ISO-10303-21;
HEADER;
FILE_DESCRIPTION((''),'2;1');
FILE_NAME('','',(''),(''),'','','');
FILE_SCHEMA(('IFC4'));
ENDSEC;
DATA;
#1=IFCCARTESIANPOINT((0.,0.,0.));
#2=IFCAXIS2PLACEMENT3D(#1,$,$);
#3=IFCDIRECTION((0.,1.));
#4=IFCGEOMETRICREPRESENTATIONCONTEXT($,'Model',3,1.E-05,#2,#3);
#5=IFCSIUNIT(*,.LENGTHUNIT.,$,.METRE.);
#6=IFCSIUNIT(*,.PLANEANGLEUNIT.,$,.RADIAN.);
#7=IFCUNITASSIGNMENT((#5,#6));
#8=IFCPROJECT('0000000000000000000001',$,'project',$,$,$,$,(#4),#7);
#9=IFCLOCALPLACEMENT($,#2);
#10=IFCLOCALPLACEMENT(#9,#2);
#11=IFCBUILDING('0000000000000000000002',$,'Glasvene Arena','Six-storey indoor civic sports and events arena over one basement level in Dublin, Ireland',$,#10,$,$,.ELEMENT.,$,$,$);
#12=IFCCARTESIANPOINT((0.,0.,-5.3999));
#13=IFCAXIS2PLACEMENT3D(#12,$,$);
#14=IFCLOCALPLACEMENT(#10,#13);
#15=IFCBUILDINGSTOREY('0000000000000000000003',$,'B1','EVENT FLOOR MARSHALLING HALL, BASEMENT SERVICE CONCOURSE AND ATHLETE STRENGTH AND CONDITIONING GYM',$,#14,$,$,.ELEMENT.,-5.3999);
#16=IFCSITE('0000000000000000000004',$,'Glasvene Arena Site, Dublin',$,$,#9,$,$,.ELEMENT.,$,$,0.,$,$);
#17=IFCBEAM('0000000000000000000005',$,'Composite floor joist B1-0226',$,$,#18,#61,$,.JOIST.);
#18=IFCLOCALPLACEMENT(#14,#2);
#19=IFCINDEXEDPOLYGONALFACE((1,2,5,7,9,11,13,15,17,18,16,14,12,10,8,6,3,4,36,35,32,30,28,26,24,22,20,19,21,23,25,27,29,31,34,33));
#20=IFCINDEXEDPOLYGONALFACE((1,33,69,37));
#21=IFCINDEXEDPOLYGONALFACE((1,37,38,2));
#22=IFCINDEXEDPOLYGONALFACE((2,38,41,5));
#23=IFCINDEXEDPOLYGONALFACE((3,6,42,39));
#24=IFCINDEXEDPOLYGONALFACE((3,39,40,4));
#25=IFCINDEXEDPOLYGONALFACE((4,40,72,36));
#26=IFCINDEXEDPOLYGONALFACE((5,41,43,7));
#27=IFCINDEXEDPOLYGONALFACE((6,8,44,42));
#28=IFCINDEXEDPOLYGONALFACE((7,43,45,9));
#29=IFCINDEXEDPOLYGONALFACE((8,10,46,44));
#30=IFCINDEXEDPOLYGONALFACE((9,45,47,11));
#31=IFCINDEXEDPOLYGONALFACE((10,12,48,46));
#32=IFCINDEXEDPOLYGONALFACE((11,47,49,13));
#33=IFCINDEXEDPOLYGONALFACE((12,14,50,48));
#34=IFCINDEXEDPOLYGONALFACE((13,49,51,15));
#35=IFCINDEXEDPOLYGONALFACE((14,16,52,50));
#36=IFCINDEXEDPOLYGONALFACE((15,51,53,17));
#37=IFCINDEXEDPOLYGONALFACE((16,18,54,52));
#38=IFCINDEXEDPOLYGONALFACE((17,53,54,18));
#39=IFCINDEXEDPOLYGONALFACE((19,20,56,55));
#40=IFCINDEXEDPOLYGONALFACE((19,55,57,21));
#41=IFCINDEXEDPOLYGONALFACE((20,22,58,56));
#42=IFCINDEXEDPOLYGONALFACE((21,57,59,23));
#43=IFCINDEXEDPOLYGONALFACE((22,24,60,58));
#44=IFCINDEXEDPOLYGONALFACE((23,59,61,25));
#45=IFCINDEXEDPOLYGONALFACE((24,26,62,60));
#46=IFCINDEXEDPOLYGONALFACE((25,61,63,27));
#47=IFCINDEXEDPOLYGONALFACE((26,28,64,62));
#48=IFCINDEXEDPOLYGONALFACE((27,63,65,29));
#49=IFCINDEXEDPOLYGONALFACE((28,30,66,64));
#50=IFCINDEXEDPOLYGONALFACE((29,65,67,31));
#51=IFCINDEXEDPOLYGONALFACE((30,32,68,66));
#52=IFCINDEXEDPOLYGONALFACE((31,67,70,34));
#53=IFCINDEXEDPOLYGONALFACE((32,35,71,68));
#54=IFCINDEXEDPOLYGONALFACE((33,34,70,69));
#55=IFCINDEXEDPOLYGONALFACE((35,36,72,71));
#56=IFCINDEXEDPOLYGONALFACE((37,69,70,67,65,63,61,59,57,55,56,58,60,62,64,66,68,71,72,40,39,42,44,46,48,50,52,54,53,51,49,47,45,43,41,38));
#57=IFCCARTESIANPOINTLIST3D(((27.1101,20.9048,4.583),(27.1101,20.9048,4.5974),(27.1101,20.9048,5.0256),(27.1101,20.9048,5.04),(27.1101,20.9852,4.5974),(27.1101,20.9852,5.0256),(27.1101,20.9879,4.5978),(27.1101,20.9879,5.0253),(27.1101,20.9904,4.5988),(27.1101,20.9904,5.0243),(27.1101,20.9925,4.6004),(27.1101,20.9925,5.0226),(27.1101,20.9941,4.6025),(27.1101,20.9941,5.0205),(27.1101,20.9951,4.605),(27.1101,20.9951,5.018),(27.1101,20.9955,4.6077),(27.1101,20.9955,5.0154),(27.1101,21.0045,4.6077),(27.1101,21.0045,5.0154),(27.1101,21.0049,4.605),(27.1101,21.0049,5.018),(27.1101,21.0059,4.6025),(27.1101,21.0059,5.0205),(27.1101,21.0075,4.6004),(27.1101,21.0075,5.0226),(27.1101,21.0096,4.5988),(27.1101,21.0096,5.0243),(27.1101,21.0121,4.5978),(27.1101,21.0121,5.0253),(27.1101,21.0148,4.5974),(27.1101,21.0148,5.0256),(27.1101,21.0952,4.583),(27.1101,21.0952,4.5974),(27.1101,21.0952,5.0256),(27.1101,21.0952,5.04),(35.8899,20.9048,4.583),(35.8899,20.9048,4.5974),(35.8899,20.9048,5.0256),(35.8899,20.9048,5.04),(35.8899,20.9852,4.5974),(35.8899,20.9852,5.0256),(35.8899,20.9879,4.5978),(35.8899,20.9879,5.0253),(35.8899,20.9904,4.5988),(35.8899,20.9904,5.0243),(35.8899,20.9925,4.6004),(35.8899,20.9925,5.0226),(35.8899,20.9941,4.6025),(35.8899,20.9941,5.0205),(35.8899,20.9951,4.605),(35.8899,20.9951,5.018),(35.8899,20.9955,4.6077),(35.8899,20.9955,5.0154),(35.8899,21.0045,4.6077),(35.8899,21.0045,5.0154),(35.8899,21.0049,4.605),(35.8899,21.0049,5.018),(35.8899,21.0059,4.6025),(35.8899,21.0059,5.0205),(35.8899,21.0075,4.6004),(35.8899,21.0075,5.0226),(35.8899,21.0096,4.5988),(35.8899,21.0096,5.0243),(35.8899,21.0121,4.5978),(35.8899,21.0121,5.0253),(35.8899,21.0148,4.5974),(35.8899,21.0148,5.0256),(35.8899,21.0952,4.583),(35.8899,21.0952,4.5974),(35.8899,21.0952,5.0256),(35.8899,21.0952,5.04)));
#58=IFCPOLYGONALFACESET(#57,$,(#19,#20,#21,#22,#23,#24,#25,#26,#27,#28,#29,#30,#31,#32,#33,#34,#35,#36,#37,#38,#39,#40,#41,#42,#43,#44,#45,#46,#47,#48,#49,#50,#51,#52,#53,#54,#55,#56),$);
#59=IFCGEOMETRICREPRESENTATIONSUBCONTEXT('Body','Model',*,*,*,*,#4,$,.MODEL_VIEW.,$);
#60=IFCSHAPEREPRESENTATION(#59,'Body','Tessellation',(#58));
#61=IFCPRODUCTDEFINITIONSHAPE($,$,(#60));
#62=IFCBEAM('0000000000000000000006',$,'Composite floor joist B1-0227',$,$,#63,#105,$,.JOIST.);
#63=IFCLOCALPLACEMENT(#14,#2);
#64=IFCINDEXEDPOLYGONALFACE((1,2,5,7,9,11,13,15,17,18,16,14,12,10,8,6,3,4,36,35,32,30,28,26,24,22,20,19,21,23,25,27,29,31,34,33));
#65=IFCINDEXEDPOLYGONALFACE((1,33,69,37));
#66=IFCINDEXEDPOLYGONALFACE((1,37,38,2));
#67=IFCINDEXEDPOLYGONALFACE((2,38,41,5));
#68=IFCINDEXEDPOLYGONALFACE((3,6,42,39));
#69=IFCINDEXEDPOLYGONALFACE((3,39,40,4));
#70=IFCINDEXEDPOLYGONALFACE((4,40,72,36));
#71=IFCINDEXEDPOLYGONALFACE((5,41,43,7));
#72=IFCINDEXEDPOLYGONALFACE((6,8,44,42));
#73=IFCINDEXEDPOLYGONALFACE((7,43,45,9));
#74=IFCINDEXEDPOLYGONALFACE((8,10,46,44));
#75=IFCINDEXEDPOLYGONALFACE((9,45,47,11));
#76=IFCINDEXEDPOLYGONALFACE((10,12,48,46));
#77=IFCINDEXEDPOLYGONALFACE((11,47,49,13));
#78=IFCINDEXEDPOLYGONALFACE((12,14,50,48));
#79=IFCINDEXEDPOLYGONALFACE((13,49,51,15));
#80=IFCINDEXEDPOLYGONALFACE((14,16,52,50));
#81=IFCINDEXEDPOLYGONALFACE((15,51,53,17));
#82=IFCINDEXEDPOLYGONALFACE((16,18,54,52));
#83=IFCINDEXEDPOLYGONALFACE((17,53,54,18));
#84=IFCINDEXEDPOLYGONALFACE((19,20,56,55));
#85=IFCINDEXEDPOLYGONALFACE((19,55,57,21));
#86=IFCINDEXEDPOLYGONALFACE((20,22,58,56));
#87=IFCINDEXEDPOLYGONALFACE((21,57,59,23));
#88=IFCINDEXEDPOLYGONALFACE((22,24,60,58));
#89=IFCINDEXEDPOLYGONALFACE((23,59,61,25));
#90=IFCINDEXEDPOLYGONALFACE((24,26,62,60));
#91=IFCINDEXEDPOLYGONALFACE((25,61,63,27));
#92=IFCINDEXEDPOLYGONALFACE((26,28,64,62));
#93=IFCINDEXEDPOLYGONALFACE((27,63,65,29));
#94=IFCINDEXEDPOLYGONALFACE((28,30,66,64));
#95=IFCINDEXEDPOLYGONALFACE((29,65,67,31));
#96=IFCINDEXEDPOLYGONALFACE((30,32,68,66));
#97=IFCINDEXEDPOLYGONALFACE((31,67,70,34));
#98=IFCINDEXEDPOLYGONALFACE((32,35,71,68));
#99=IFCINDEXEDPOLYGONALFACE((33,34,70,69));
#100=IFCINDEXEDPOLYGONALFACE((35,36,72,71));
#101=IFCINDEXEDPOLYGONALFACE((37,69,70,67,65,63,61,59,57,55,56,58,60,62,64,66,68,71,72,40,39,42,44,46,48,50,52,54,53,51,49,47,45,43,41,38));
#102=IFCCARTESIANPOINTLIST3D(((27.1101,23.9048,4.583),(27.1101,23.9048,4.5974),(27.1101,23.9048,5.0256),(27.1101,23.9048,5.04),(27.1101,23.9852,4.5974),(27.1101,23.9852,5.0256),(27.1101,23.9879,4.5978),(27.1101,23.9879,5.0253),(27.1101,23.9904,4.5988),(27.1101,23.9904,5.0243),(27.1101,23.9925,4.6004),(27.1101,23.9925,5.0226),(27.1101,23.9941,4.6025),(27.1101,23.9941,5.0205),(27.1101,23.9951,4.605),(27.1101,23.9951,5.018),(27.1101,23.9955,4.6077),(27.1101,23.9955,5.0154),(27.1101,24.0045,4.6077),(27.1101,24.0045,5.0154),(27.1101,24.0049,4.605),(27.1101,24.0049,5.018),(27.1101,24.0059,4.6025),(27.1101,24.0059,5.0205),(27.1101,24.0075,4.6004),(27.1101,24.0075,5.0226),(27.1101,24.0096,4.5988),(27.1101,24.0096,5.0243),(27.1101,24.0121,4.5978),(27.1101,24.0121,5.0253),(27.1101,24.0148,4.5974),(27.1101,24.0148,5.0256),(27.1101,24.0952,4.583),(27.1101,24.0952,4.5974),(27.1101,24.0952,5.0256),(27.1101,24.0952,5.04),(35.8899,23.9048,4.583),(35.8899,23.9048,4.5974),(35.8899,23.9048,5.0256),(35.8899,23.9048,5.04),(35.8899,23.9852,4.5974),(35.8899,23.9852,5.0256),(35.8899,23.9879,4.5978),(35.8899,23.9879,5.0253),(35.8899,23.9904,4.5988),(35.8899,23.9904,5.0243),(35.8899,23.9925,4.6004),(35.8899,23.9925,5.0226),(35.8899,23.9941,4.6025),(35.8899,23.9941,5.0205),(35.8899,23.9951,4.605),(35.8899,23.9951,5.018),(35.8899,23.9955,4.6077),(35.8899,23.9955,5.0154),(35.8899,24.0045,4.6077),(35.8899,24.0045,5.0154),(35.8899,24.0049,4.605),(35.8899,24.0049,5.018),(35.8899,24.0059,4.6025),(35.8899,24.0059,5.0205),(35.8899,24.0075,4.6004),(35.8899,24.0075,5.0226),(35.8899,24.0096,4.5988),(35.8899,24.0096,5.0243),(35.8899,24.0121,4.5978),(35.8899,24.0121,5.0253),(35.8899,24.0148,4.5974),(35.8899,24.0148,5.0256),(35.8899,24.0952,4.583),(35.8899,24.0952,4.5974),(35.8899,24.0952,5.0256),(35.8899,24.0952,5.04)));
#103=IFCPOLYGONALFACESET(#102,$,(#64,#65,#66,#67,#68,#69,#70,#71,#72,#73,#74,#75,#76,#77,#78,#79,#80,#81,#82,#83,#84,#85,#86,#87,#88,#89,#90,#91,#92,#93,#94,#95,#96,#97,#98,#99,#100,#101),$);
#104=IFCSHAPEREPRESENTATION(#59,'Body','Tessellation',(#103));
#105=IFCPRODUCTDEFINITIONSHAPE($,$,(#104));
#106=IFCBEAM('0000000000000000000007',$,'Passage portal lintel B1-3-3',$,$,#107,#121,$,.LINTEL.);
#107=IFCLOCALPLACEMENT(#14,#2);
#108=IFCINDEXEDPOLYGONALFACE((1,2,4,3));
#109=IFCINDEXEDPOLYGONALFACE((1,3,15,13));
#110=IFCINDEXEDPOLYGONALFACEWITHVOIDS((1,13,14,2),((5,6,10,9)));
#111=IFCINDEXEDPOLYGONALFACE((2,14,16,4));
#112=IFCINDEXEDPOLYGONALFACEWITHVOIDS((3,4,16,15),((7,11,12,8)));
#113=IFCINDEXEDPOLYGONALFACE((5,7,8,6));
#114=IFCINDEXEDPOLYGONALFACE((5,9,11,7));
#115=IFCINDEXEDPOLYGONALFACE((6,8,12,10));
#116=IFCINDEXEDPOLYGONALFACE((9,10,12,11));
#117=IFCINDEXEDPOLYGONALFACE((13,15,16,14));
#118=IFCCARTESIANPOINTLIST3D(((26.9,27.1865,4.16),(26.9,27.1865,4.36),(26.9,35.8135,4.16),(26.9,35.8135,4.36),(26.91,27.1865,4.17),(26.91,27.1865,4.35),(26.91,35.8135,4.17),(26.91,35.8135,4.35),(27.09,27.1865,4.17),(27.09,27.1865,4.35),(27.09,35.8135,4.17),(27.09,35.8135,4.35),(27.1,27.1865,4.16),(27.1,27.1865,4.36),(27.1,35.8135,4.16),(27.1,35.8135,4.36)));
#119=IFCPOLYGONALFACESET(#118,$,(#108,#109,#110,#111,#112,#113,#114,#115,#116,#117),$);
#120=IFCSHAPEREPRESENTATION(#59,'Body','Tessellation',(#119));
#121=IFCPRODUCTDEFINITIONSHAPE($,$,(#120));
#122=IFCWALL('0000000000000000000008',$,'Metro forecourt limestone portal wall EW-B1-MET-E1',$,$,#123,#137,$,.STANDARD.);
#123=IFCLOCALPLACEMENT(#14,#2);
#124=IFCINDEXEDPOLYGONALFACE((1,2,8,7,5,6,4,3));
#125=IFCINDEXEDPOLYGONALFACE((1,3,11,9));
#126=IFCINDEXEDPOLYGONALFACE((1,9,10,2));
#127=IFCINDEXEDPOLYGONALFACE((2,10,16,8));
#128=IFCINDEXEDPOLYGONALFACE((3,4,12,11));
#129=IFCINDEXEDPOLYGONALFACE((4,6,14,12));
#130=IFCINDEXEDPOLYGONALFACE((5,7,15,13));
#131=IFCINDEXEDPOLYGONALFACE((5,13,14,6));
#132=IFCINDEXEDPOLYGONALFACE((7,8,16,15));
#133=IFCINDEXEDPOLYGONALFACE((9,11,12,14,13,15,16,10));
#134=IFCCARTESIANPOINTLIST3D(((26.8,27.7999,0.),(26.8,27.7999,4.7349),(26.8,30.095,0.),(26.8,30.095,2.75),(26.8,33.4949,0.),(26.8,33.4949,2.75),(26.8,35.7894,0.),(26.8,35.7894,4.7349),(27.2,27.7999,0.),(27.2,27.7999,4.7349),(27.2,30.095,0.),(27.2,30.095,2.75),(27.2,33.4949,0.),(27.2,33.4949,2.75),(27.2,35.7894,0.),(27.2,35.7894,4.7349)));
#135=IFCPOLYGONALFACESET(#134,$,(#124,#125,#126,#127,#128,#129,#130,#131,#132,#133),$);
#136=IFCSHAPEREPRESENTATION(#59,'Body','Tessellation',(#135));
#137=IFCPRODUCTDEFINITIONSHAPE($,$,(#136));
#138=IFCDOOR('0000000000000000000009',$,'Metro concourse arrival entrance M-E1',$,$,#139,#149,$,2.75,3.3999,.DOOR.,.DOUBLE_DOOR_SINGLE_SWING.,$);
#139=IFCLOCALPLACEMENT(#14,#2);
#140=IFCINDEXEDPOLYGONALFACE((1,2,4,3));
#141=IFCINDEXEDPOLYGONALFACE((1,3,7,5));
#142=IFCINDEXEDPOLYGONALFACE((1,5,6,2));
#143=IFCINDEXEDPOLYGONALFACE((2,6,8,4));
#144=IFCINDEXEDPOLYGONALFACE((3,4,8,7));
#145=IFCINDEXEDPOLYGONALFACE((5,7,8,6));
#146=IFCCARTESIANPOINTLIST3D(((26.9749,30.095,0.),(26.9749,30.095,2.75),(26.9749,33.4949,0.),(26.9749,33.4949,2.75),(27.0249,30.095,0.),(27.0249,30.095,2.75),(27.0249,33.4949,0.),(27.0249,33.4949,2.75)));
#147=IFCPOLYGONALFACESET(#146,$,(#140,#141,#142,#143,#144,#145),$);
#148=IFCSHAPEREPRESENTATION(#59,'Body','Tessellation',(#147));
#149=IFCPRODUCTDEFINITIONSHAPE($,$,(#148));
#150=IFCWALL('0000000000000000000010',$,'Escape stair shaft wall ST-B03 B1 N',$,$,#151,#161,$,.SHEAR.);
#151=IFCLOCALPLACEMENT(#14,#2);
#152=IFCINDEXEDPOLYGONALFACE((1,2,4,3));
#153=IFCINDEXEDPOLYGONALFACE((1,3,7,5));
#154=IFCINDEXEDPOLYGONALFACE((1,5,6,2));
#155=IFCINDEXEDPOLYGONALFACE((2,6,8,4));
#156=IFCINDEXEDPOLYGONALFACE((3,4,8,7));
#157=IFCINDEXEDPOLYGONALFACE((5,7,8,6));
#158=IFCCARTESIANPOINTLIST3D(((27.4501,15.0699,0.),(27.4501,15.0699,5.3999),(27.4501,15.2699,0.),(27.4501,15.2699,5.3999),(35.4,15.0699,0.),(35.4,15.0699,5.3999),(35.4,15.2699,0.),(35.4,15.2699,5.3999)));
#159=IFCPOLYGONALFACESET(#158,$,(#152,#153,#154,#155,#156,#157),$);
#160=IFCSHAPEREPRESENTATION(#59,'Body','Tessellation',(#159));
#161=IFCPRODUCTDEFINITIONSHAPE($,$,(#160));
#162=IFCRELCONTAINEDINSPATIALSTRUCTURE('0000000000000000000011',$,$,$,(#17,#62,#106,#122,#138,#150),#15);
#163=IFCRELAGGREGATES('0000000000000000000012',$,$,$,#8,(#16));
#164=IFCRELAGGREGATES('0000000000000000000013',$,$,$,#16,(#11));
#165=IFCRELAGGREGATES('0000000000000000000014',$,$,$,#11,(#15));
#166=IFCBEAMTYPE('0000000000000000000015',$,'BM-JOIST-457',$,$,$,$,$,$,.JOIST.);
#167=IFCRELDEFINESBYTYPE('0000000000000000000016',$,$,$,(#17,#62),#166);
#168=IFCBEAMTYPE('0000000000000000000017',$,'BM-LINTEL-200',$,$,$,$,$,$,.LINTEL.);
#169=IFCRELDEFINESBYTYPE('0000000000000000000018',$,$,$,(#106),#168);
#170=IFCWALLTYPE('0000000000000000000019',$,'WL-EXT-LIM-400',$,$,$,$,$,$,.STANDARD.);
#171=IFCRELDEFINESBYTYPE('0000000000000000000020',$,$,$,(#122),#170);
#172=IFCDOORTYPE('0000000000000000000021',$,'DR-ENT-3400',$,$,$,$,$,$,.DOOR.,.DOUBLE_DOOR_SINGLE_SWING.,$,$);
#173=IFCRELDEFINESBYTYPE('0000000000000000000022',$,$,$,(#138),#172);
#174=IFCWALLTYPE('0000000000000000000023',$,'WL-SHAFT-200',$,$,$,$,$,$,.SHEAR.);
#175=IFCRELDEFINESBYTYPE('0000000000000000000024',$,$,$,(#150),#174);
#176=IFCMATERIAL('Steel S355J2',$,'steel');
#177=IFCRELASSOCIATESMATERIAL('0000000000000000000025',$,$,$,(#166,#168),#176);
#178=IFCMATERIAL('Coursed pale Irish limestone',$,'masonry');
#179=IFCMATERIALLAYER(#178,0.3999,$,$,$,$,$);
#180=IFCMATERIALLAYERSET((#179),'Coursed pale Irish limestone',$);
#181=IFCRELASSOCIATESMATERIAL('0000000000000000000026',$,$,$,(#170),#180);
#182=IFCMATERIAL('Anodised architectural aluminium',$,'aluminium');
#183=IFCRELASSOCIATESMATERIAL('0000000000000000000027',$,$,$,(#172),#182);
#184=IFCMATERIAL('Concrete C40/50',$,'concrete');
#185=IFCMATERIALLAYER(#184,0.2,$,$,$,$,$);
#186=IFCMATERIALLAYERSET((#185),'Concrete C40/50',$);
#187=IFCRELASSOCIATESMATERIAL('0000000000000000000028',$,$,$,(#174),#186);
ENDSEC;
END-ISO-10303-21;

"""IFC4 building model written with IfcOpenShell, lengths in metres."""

from ifc_helpers import new_model, si_unit, direction, frame, frame_2d, origin, origin_2d, place, context, subcontext, project, spatial, rectangle, hollow_rectangle, i_section, extrude, material, layer, layer_set, material_profile, profile_set, type_object, element, fill, save


model = new_model("IFC4")

# Units and contexts
model_context = context("Model", 3, precision=1e-05, world=origin(), true_north=direction((0.0, 1.0)))
body_context = subcontext(model_context, "Body", "Model", "MODEL_VIEW")
ifc_project = project(units=[si_unit("LENGTHUNIT", "METRE"), si_unit("PLANEANGLEUNIT", "RADIAN")], contexts=[model_context])

# Site, building, storey
site_placement = place(None, origin())
site = spatial("IfcSite", under=ifc_project, at=site_placement, Name="Glasvene Arena Site, Dublin", CompositionType="ELEMENT", RefElevation=0.0)
building_placement = place(site_placement, origin())
building = spatial("IfcBuilding", under=site, at=building_placement, Name="Glasvene Arena", Description="Six-storey indoor civic sports and events arena over one basement level in Dublin, Ireland", CompositionType="ELEMENT")
storey_placement = place(building_placement, frame((0.0, 0.0, -5.3999)))
storey = spatial("IfcBuildingStorey", under=building, at=storey_placement, Name="B1", Description="EVENT FLOOR MARSHALLING HALL, BASEMENT SERVICE CONCOURSE AND ATHLETE STRENGTH AND CONDITIONING GYM", CompositionType="ELEMENT", Elevation=-5.3999)

# Shared definitions
ifc_material_1 = material(Name="Concrete C40/50", Category="concrete")

# Shared definitions
ifc_material_2 = material(Name="Steel S355J2", Category="steel")

# Beams
ifc_material_profile_1 = material_profile(ifc_material_2, i_section(OverallWidth=0.1904, OverallDepth=0.457, WebThickness=0.009, FlangeThickness=0.0144, FilletRadius=0.0103, at=origin_2d()), Name="UKB 457x191x74")
ifc_profile_set_1 = profile_set([ifc_material_profile_1], Name="Steel S355J2")
beam_type_1 = type_object("IfcBeamType", Name="BM-JOIST-457", PredefinedType="JOIST", material=ifc_profile_set_1)
for number, where, z_axis, x_axis, name in (
    (1, (27.1101, 21.0, 4.8115), (1.0, 0.0, 0.0), (0.0, 1.0, 0.0), "Composite floor joist B1-0226"),
    (2, (27.1101, 24.0, 4.8115), (1.0, 0.0, 0.0), (0.0, 1.0, 0.0), "Composite floor joist B1-0227"),
):
    element("IfcBeam", number, at=place(storey_placement, frame(where, z_axis=z_axis, x_axis=x_axis)), inside=storey, type_object=beam_type_1, Name=name, PredefinedType="JOIST", context=body_context, shape_type="SweptSolid", body=[
        extrude(i_section(OverallWidth=0.1904, OverallDepth=0.457, WebThickness=0.009, FlangeThickness=0.0144, FilletRadius=0.0103, at=origin_2d()), origin(), (0.0, 0.0, 1.0), 8.7798),
    ])
ifc_material_profile_2 = material_profile(ifc_material_2, hollow_rectangle(XDim=0.2, YDim=0.2, WallThickness=0.01, at=origin_2d()), Name="SHS 200x200x10.0")
ifc_profile_set_2 = profile_set([ifc_material_profile_2], Name="Steel S355J2")
beam_type_2 = type_object("IfcBeamType", Name="BM-LINTEL-200", PredefinedType="LINTEL", material=ifc_profile_set_2)
beam_placement = place(storey_placement, frame((27.0, 27.1865, 4.26), z_axis=(0.0, 1.0, 0.0), x_axis=(-1.0, 0.0, 0.0)))
element("IfcBeam", 3, at=beam_placement, inside=storey, type_object=beam_type_2, Name="Passage portal lintel B1-3-3", PredefinedType="LINTEL", context=body_context, shape_type="SweptSolid", body=[
    extrude(hollow_rectangle(XDim=0.2, YDim=0.2, WallThickness=0.01, at=origin_2d()), origin(), (0.0, 0.0, 1.0), 8.627),
])

# Wall, opening, door
ifc_material_3 = material(Name="Coursed pale Irish limestone", Category="masonry")
ifc_layer_1 = layer(ifc_material_3, 0.3999)
ifc_layer_set_1 = layer_set([ifc_layer_1], Name="Coursed pale Irish limestone")
wall_type_1 = type_object("IfcWallType", Name="WL-EXT-LIM-400", PredefinedType="STANDARD", material=ifc_layer_set_1)
wall_1_placement = place(storey_placement, frame((27.0, 27.8, 0.0), z_axis=(0.0, 0.0, 1.0), x_axis=(0.0, 1.0, 0.0)))
wall_1 = element("IfcWall", 4, at=wall_1_placement, inside=storey, type_object=wall_type_1, Name="Metro forecourt limestone portal wall EW-B1-MET-E1", PredefinedType="STANDARD", context=body_context, shape_type="SweptSolid", body=[
    extrude(rectangle(XDim=7.9895, YDim=0.3999, at=frame_2d((3.9946, 0.0))), origin(), (0.0, 0.0, 1.0), 4.7349),
])
opening_1_placement = place(wall_1_placement, frame((2.2949, 0.0, 0.0)))
opening_1 = element("IfcOpeningElement", 5, at=opening_1_placement, cuts=wall_1, PredefinedType="OPENING", context=body_context, shape_type="SweptSolid", body=[
    extrude(rectangle(XDim=3.3999, YDim=2.75, at=frame_2d((1.7, 1.375))), frame((0.0, 0.21, 0.0), z_axis=(0.0, -1.0, 0.0), x_axis=(1.0, 0.0, 0.0)), (0.0, 0.0, 1.0), 0.4199),
])
ifc_material_4 = material(Name="Anodised architectural aluminium", Category="aluminium")
door_type_1 = type_object("IfcDoorType", Name="DR-ENT-3400", OperationType="DOUBLE_DOOR_SINGLE_SWING", PredefinedType="DOOR", material=ifc_material_4)
door_1_placement = place(opening_1_placement, frame((3.3999, 0.0, 0.0), z_axis=(0.0, 0.0, 1.0), x_axis=(-1.0, 0.0, 0.0)))
door_1 = element("IfcDoor", 6, at=door_1_placement, inside=storey, type_object=door_type_1, Name="Metro concourse arrival entrance M-E1", OperationType="DOUBLE_DOOR_SINGLE_SWING", OverallHeight=2.75, OverallWidth=3.3999, PredefinedType="DOOR", context=body_context, shape_type="SweptSolid", body=[
    extrude(rectangle(XDim=3.3999, YDim=2.75, at=frame_2d((1.7, 1.375))), frame((0.0, 0.0249, 0.0), z_axis=(0.0, -1.0, 0.0), x_axis=(1.0, 0.0, 0.0)), (0.0, 0.0, 1.0), 0.05),
])
fill(opening_1, door_1)

# Wall
ifc_layer_2 = layer(ifc_material_1, 0.2)
ifc_layer_set_2 = layer_set([ifc_layer_2], Name="Concrete C40/50")
wall_type_2 = type_object("IfcWallType", Name="WL-SHAFT-200", PredefinedType="SHEAR", material=ifc_layer_set_2)
wall_2_placement = place(storey_placement, frame((27.45, 15.1699, 0.0), z_axis=(0.0, 0.0, 1.0), x_axis=(1.0, 0.0, 0.0)))
element("IfcWall", 7, at=wall_2_placement, inside=storey, type_object=wall_type_2, Name="Escape stair shaft wall ST-B03 B1 N", PredefinedType="SHEAR", context=body_context, shape_type="SweptSolid", body=[
    extrude(rectangle(XDim=7.95, YDim=0.2, at=frame_2d((3.9751, 0.0))), origin(), (0.0, 0.0, 1.0), 5.3999),
])

save(model, "model.ifc")
